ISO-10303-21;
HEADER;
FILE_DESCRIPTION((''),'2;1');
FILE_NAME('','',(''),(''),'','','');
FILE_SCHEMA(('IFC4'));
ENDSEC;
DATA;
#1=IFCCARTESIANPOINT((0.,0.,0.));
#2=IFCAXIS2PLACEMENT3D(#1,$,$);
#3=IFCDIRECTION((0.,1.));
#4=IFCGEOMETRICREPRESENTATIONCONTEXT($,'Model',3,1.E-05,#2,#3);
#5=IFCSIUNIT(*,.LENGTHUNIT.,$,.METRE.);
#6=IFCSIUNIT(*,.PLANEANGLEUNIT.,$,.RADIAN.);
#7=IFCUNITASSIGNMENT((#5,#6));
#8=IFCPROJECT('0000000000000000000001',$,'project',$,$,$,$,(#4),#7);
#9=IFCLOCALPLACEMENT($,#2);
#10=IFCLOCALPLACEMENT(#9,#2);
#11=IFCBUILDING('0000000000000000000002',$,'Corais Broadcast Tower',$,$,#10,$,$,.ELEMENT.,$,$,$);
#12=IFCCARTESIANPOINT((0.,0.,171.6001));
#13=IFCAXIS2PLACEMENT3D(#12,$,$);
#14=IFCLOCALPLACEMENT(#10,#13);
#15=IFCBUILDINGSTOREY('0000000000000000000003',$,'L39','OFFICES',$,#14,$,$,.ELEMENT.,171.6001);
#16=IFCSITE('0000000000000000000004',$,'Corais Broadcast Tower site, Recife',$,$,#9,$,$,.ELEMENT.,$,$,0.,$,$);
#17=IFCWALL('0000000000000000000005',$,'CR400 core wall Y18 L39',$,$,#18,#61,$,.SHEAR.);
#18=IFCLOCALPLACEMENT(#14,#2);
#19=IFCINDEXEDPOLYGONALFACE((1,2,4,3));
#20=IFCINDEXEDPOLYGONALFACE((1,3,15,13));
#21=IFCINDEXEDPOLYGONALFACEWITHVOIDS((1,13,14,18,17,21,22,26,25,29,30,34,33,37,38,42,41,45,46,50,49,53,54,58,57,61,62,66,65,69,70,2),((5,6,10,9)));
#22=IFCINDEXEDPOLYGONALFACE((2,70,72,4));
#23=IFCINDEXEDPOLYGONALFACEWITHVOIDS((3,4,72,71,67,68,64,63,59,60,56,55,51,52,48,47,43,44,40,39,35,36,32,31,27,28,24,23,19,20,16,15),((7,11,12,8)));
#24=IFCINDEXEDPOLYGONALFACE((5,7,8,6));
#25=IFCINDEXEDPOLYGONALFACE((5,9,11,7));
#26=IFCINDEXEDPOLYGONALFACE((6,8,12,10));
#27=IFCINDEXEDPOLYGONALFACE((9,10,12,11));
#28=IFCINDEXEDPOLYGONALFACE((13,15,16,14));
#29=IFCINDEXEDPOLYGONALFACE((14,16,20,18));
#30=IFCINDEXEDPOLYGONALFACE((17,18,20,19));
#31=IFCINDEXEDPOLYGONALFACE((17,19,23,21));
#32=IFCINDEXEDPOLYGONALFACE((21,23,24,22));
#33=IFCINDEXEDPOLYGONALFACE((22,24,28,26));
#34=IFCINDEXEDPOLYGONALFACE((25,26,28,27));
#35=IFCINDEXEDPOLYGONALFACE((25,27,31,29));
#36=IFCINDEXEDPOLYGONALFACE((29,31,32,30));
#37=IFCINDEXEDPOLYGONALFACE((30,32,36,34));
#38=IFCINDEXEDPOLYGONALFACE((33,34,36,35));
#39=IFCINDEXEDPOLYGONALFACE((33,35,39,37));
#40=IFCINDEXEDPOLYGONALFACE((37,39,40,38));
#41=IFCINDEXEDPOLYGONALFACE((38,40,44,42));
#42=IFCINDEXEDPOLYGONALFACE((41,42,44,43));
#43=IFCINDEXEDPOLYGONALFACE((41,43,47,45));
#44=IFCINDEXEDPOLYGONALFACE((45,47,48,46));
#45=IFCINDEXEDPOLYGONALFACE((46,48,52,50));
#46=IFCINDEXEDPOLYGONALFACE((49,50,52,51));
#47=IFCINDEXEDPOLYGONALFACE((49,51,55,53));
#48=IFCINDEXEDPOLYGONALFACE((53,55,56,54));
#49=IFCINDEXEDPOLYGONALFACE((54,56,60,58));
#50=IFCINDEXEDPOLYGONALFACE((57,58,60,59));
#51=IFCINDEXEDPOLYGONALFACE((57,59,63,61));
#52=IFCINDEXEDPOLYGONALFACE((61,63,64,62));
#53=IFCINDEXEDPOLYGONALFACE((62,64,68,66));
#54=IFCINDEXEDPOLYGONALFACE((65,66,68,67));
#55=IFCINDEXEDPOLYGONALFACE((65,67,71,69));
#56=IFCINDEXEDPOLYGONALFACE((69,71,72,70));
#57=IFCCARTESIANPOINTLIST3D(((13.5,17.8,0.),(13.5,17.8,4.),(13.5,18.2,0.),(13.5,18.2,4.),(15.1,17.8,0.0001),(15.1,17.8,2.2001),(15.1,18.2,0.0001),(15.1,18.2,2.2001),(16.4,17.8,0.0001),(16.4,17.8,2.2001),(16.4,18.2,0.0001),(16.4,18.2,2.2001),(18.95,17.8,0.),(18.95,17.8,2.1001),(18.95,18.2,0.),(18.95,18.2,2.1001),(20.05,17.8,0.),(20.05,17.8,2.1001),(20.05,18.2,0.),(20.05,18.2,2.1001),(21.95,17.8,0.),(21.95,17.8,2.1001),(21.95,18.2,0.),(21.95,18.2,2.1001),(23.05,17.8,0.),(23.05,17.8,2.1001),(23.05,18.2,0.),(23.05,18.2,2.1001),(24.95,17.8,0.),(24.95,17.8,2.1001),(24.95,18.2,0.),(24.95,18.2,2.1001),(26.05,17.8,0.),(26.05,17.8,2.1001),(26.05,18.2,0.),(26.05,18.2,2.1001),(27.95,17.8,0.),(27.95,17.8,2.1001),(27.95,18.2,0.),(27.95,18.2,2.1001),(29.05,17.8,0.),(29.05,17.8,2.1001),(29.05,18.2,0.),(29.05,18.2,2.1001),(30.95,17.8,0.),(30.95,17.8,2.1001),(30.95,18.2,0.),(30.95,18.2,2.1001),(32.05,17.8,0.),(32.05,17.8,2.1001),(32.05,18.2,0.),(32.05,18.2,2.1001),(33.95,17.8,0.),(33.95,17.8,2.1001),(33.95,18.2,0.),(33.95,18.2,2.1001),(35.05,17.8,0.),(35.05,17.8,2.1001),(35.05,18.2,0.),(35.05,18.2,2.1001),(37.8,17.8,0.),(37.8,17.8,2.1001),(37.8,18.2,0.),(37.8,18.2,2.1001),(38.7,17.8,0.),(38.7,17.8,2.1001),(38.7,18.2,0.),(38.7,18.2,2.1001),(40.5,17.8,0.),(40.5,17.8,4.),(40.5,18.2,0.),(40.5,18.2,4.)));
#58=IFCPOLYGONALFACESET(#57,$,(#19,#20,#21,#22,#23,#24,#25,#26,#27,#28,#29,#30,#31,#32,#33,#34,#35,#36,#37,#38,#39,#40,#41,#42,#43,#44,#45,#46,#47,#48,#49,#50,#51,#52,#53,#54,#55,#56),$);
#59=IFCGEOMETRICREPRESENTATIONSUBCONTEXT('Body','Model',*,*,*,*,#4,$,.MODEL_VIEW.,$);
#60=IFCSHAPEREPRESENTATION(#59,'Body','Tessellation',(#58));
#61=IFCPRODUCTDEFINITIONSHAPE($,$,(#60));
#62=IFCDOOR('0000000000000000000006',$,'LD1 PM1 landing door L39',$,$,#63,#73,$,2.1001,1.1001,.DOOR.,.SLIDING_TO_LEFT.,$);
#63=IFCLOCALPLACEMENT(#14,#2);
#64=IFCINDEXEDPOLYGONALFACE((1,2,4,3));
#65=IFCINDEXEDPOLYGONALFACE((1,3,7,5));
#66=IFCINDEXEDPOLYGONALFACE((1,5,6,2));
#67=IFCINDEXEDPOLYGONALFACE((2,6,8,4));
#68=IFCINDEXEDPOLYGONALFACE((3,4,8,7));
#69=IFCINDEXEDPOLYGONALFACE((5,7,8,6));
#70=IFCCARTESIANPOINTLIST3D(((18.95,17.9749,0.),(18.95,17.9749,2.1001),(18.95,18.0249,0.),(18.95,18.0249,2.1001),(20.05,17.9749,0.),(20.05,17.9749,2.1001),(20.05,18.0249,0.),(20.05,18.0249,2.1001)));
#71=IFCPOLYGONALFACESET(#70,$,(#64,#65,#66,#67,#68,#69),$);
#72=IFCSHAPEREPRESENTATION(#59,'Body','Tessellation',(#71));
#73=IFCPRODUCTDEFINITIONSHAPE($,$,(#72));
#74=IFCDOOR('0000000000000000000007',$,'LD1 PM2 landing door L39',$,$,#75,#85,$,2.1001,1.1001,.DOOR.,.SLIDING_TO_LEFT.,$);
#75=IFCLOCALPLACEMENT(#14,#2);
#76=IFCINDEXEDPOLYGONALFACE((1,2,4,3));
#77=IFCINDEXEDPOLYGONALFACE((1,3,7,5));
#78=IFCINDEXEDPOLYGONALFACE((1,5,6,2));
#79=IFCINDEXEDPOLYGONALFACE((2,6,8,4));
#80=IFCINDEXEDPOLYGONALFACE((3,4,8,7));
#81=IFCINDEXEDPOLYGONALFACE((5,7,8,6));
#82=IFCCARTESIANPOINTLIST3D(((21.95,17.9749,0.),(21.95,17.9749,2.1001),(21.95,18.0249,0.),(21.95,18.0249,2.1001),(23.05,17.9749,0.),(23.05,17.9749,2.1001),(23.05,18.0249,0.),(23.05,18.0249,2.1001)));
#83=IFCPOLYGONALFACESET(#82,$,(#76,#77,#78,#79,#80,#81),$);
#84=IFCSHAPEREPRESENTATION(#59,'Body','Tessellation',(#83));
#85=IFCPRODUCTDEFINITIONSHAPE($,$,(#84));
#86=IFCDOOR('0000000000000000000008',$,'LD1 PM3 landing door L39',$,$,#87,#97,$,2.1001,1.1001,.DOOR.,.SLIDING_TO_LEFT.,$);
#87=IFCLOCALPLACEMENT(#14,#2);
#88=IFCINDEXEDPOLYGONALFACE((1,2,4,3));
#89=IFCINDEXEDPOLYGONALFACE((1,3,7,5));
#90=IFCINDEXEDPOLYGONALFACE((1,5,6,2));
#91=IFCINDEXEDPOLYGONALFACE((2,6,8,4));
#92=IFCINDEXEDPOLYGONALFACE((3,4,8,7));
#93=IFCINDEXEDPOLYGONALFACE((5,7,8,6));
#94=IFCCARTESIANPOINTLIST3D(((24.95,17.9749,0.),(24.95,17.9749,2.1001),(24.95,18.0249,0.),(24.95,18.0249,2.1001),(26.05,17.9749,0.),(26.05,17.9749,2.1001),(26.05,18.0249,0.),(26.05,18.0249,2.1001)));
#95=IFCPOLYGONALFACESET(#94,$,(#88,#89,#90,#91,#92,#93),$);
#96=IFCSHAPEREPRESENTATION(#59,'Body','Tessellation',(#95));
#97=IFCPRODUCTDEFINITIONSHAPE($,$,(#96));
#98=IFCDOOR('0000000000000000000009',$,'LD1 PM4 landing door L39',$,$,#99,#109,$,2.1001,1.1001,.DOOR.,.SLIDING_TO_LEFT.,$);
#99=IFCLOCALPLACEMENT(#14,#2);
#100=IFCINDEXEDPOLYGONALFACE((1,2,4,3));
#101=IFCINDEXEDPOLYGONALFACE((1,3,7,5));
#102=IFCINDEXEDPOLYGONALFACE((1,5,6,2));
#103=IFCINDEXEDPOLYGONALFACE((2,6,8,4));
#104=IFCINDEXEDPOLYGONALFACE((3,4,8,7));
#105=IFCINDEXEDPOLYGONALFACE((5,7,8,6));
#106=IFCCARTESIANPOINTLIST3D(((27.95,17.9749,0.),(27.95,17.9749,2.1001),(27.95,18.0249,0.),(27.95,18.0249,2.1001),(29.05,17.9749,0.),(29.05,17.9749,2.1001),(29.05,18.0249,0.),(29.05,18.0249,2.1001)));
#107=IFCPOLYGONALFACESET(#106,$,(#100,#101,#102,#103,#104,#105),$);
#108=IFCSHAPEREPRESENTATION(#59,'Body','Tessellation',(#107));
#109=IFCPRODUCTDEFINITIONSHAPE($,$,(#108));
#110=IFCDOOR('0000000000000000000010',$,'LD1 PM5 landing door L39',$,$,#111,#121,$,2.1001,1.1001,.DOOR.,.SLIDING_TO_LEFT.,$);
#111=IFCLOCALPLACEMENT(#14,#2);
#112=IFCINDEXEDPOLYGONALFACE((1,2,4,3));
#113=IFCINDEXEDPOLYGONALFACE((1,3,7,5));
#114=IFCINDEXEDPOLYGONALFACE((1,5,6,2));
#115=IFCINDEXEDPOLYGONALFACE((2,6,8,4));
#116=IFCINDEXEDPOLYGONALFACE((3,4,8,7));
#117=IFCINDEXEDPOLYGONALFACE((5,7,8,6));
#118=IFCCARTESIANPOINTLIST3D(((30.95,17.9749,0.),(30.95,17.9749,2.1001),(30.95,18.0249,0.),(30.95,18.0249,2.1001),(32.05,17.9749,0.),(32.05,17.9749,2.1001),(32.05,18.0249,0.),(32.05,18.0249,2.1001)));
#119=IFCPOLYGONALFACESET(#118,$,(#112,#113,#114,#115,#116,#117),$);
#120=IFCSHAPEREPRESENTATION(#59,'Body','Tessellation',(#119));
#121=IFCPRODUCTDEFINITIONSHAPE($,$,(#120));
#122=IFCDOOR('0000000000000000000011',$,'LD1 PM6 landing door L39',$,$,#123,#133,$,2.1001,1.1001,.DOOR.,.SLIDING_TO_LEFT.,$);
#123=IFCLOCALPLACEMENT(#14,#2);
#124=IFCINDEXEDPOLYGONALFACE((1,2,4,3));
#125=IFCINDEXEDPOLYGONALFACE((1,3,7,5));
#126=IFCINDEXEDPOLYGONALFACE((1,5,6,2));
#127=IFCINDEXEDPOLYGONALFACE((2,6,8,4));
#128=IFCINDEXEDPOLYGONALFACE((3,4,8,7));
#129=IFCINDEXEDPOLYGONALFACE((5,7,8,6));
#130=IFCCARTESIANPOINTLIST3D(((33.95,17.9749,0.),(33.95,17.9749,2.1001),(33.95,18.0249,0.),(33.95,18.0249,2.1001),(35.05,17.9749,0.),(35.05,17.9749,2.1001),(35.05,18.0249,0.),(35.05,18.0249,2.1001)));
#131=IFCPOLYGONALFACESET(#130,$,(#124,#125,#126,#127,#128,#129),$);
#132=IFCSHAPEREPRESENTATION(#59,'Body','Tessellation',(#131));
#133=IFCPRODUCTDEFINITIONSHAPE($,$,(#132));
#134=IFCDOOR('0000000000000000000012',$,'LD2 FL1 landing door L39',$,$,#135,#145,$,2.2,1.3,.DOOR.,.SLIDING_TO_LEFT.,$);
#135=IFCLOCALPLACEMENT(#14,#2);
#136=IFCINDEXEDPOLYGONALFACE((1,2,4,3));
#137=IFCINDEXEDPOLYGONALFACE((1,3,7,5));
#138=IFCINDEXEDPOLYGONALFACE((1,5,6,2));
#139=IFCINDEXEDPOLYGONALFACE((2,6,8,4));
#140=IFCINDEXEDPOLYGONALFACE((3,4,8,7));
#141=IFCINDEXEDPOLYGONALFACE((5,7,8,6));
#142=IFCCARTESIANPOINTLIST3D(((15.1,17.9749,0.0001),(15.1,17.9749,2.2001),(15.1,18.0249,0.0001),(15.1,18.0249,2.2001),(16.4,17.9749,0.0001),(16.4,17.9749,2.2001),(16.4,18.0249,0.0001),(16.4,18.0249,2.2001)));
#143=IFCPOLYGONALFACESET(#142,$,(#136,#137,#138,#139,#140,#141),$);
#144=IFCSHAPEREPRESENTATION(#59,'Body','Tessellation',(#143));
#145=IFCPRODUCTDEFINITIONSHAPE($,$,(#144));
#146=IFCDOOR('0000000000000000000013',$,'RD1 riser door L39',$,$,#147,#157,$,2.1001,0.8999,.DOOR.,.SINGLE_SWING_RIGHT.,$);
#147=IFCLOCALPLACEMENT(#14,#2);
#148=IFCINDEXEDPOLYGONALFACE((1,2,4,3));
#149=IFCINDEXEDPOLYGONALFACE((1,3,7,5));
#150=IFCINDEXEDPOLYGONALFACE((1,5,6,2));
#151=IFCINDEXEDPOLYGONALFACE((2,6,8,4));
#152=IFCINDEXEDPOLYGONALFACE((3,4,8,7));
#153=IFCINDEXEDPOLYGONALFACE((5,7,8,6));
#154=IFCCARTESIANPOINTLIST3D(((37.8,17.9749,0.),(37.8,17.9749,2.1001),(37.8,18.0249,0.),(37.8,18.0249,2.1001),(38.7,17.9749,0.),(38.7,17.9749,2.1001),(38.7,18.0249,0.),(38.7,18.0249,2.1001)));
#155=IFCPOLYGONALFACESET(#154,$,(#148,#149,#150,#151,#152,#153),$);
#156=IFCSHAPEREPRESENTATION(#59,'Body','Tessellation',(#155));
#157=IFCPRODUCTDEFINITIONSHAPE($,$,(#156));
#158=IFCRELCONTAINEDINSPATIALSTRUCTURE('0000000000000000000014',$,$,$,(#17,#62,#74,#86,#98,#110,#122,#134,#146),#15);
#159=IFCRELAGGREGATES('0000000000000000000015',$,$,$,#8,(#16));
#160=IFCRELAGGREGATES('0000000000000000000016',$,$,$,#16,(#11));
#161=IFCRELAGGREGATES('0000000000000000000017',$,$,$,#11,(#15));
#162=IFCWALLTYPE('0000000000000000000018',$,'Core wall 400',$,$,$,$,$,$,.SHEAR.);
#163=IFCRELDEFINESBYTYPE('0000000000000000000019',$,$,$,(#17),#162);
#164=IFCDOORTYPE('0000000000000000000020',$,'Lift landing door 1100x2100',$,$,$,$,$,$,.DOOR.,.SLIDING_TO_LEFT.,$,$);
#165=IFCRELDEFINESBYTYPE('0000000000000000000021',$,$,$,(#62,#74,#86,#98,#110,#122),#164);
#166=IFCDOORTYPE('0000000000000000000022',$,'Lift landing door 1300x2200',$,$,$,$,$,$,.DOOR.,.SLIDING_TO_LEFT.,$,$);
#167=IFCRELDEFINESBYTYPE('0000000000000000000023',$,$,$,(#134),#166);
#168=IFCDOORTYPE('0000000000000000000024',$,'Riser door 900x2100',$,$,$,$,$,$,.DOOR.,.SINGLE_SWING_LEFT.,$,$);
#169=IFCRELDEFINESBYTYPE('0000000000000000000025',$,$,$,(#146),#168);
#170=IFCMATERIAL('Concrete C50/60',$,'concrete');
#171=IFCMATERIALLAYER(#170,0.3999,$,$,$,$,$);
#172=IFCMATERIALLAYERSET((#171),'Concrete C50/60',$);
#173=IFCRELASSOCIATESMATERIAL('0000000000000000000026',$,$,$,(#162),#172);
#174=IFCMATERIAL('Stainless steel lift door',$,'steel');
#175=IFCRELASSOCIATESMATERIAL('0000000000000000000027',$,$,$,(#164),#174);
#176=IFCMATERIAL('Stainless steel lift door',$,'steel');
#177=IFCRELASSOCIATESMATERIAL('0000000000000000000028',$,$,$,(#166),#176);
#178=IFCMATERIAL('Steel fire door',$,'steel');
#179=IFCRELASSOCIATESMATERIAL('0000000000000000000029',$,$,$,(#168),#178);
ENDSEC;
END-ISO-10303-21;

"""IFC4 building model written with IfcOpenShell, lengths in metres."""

from ifc_helpers import new_model, si_unit, direction, frame, frame_2d, origin, place, context, subcontext, project, spatial, rectangle, extrude, material, layer, layer_set, type_object, element, fill, save


model = new_model("IFC4")

# Units and contexts
model_context = context("Model", 3, precision=1e-05, world=origin(), true_north=direction((0.0, 1.0)))
body_context = subcontext(model_context, "Body", "Model", "MODEL_VIEW")
ifc_project = project(units=[si_unit("LENGTHUNIT", "METRE"), si_unit("PLANEANGLEUNIT", "RADIAN")], contexts=[model_context])

# Site, building, storey
site_placement = place(None, origin())
site = spatial("IfcSite", under=ifc_project, at=site_placement, Name="Corais Broadcast Tower site, Recife", CompositionType="ELEMENT", RefElevation=0.0)
building_placement = place(site_placement, origin())
building = spatial("IfcBuilding", under=site, at=building_placement, Name="Corais Broadcast Tower", CompositionType="ELEMENT")
storey_placement = place(building_placement, frame((0.0, 0.0, 171.6001)))
storey = spatial("IfcBuildingStorey", under=building, at=storey_placement, Name="L39", Description="OFFICES", CompositionType="ELEMENT", Elevation=171.6001)

# Shared definitions
ifc_material_1 = material(Name="Concrete C50/60", Category="concrete")
ifc_layer_1 = layer(ifc_material_1, 0.3999)
ifc_layer_set_1 = layer_set([ifc_layer_1], Name="Concrete C50/60")
wall_type_1 = type_object("IfcWallType", Name="Core wall 400", PredefinedType="SHEAR", material=ifc_layer_set_1)

# Wall, openings, doors
wall_1_placement = place(storey_placement, frame((13.5, 18.0, 0.0), z_axis=(0.0, 0.0, 1.0), x_axis=(1.0, 0.0, 0.0)))
wall_1 = element("IfcWall", 1, at=wall_1_placement, inside=storey, type_object=wall_type_1, Name="CR400 core wall Y18 L39", PredefinedType="SHEAR", context=body_context, shape_type="SweptSolid", body=[
    extrude(rectangle(XDim=27.0, YDim=0.3999, at=frame_2d((13.5, 0.0))), origin(), (0.0, 0.0, 1.0), 4.0),
])
opening_1_placement = place(wall_1_placement, frame((24.3, 0.0, 0.0)))
opening_1 = element("IfcOpeningElement", 2, at=opening_1_placement, cuts=wall_1, PredefinedType="OPENING", context=body_context, shape_type="SweptSolid", body=[
    extrude(rectangle(XDim=0.8999, YDim=2.1001, at=frame_2d((0.45, 1.05))), frame((0.0, 0.21, 0.0), z_axis=(0.0, -1.0, 0.0), x_axis=(1.0, 0.0, 0.0)), (0.0, 0.0, 1.0), 0.4199),
])
opening_2_placement = place(wall_1_placement, frame((5.45, 0.0, 0.0)))
opening_2 = element("IfcOpeningElement", 3, at=opening_2_placement, cuts=wall_1, PredefinedType="OPENING", context=body_context, shape_type="SweptSolid", body=[
    extrude(rectangle(XDim=1.1001, YDim=2.1001, at=frame_2d((0.55, 1.05))), frame((0.0, 0.21, 0.0), z_axis=(0.0, -1.0, 0.0), x_axis=(1.0, 0.0, 0.0)), (0.0, 0.0, 1.0), 0.4199),
])
opening_3_placement = place(wall_1_placement, frame((8.45, 0.0, 0.0)))
opening_3 = element("IfcOpeningElement", 4, at=opening_3_placement, cuts=wall_1, PredefinedType="OPENING", context=body_context, shape_type="SweptSolid", body=[
    extrude(rectangle(XDim=1.1001, YDim=2.1001, at=frame_2d((0.55, 1.05))), frame((0.0, 0.21, 0.0), z_axis=(0.0, -1.0, 0.0), x_axis=(1.0, 0.0, 0.0)), (0.0, 0.0, 1.0), 0.4199),
])
opening_4_placement = place(wall_1_placement, frame((11.45, 0.0, 0.0)))
opening_4 = element("IfcOpeningElement", 5, at=opening_4_placement, cuts=wall_1, PredefinedType="OPENING", context=body_context, shape_type="SweptSolid", body=[
    extrude(rectangle(XDim=1.1001, YDim=2.1001, at=frame_2d((0.55, 1.05))), frame((0.0, 0.21, 0.0), z_axis=(0.0, -1.0, 0.0), x_axis=(1.0, 0.0, 0.0)), (0.0, 0.0, 1.0), 0.4199),
])
opening_5_placement = place(wall_1_placement, frame((14.45, 0.0, 0.0)))
opening_5 = element("IfcOpeningElement", 6, at=opening_5_placement, cuts=wall_1, PredefinedType="OPENING", context=body_context, shape_type="SweptSolid", body=[
    extrude(rectangle(XDim=1.1001, YDim=2.1001, at=frame_2d((0.55, 1.05))), frame((0.0, 0.21, 0.0), z_axis=(0.0, -1.0, 0.0), x_axis=(1.0, 0.0, 0.0)), (0.0, 0.0, 1.0), 0.4199),
])
opening_6_placement = place(wall_1_placement, frame((17.45, 0.0, 0.0)))
opening_6 = element("IfcOpeningElement", 7, at=opening_6_placement, cuts=wall_1, PredefinedType="OPENING", context=body_context, shape_type="SweptSolid", body=[
    extrude(rectangle(XDim=1.1001, YDim=2.1001, at=frame_2d((0.55, 1.05))), frame((0.0, 0.21, 0.0), z_axis=(0.0, -1.0, 0.0), x_axis=(1.0, 0.0, 0.0)), (0.0, 0.0, 1.0), 0.4199),
])
opening_7_placement = place(wall_1_placement, frame((20.45, 0.0, 0.0)))
opening_7 = element("IfcOpeningElement", 8, at=opening_7_placement, cuts=wall_1, PredefinedType="OPENING", context=body_context, shape_type="SweptSolid", body=[
    extrude(rectangle(XDim=1.1001, YDim=2.1001, at=frame_2d((0.55, 1.05))), frame((0.0, 0.21, 0.0), z_axis=(0.0, -1.0, 0.0), x_axis=(1.0, 0.0, 0.0)), (0.0, 0.0, 1.0), 0.4199),
])
opening_8_placement = place(wall_1_placement, frame((1.6001, 0.0, 0.0)))
opening_8 = element("IfcOpeningElement", 9, at=opening_8_placement, cuts=wall_1, PredefinedType="OPENING", context=body_context, shape_type="SweptSolid", body=[
    extrude(rectangle(XDim=1.3, YDim=2.2, at=frame_2d((0.6499, 1.1001))), frame((0.0, 0.21, 0.0), z_axis=(0.0, -1.0, 0.0), x_axis=(1.0, 0.0, 0.0)), (0.0, 0.0, 1.0), 0.4199),
])
ifc_material_2 = material(Name="Stainless steel lift door", Category="steel")
door_type_1 = type_object("IfcDoorType", Name="Lift landing door 1100x2100", OperationType="SLIDING_TO_LEFT", PredefinedType="DOOR", material=ifc_material_2)
door_1_placement = place(opening_2_placement, origin())
door_1 = element("IfcDoor", 10, at=door_1_placement, inside=storey, type_object=door_type_1, Name="LD1 PM1 landing door L39", OperationType="SLIDING_TO_LEFT", OverallHeight=2.1001, OverallWidth=1.1001, PredefinedType="DOOR", context=body_context, shape_type="SweptSolid", body=[
    extrude(rectangle(XDim=1.1001, YDim=2.1001, at=frame_2d((0.55, 1.05))), frame((0.0, 0.0249, 0.0), z_axis=(0.0, -1.0, 0.0), x_axis=(1.0, 0.0, 0.0)), (0.0, 0.0, 1.0), 0.05),
])
fill(opening_2, door_1)
door_2_placement = place(opening_3_placement, origin())
door_2 = element("IfcDoor", 11, at=door_2_placement, inside=storey, type_object=door_type_1, Name="LD1 PM2 landing door L39", OperationType="SLIDING_TO_LEFT", OverallHeight=2.1001, OverallWidth=1.1001, PredefinedType="DOOR", context=body_context, shape_type="SweptSolid", body=[
    extrude(rectangle(XDim=1.1001, YDim=2.1001, at=frame_2d((0.55, 1.05))), frame((0.0, 0.0249, 0.0), z_axis=(0.0, -1.0, 0.0), x_axis=(1.0, 0.0, 0.0)), (0.0, 0.0, 1.0), 0.05),
])
fill(opening_3, door_2)
door_3_placement = place(opening_4_placement, origin())
door_3 = element("IfcDoor", 12, at=door_3_placement, inside=storey, type_object=door_type_1, Name="LD1 PM3 landing door L39", OperationType="SLIDING_TO_LEFT", OverallHeight=2.1001, OverallWidth=1.1001, PredefinedType="DOOR", context=body_context, shape_type="SweptSolid", body=[
    extrude(rectangle(XDim=1.1001, YDim=2.1001, at=frame_2d((0.55, 1.05))), frame((0.0, 0.0249, 0.0), z_axis=(0.0, -1.0, 0.0), x_axis=(1.0, 0.0, 0.0)), (0.0, 0.0, 1.0), 0.05),
])
fill(opening_4, door_3)
door_4_placement = place(opening_5_placement, origin())
door_4 = element("IfcDoor", 13, at=door_4_placement, inside=storey, type_object=door_type_1, Name="LD1 PM4 landing door L39", OperationType="SLIDING_TO_LEFT", OverallHeight=2.1001, OverallWidth=1.1001, PredefinedType="DOOR", context=body_context, shape_type="SweptSolid", body=[
    extrude(rectangle(XDim=1.1001, YDim=2.1001, at=frame_2d((0.55, 1.05))), frame((0.0, 0.0249, 0.0), z_axis=(0.0, -1.0, 0.0), x_axis=(1.0, 0.0, 0.0)), (0.0, 0.0, 1.0), 0.05),
])
fill(opening_5, door_4)
door_5_placement = place(opening_6_placement, origin())
door_5 = element("IfcDoor", 14, at=door_5_placement, inside=storey, type_object=door_type_1, Name="LD1 PM5 landing door L39", OperationType="SLIDING_TO_LEFT", OverallHeight=2.1001, OverallWidth=1.1001, PredefinedType="DOOR", context=body_context, shape_type="SweptSolid", body=[
    extrude(rectangle(XDim=1.1001, YDim=2.1001, at=frame_2d((0.55, 1.05))), frame((0.0, 0.0249, 0.0), z_axis=(0.0, -1.0, 0.0), x_axis=(1.0, 0.0, 0.0)), (0.0, 0.0, 1.0), 0.05),
])
fill(opening_6, door_5)
door_6_placement = place(opening_7_placement, origin())
door_6 = element("IfcDoor", 15, at=door_6_placement, inside=storey, type_object=door_type_1, Name="LD1 PM6 landing door L39", OperationType="SLIDING_TO_LEFT", OverallHeight=2.1001, OverallWidth=1.1001, PredefinedType="DOOR", context=body_context, shape_type="SweptSolid", body=[
    extrude(rectangle(XDim=1.1001, YDim=2.1001, at=frame_2d((0.55, 1.05))), frame((0.0, 0.0249, 0.0), z_axis=(0.0, -1.0, 0.0), x_axis=(1.0, 0.0, 0.0)), (0.0, 0.0, 1.0), 0.05),
])
fill(opening_7, door_6)
ifc_material_3 = material(Name="Stainless steel lift door", Category="steel")
door_type_2 = type_object("IfcDoorType", Name="Lift landing door 1300x2200", OperationType="SLIDING_TO_LEFT", PredefinedType="DOOR", material=ifc_material_3)
door_7_placement = place(opening_8_placement, origin())
door_7 = element("IfcDoor", 16, at=door_7_placement, inside=storey, type_object=door_type_2, Name="LD2 FL1 landing door L39", OperationType="SLIDING_TO_LEFT", OverallHeight=2.2, OverallWidth=1.3, PredefinedType="DOOR", context=body_context, shape_type="SweptSolid", body=[
    extrude(rectangle(XDim=1.3, YDim=2.2, at=frame_2d((0.6499, 1.1001))), frame((0.0, 0.0249, 0.0), z_axis=(0.0, -1.0, 0.0), x_axis=(1.0, 0.0, 0.0)), (0.0, 0.0, 1.0), 0.05),
])
fill(opening_8, door_7)
ifc_material_4 = material(Name="Steel fire door", Category="steel")
door_type_3 = type_object("IfcDoorType", Name="Riser door 900x2100", OperationType="SINGLE_SWING_LEFT", PredefinedType="DOOR", material=ifc_material_4)
door_8_placement = place(opening_1_placement, origin())
door_8 = element("IfcDoor", 17, at=door_8_placement, inside=storey, type_object=door_type_3, Name="RD1 riser door L39", OperationType="SINGLE_SWING_RIGHT", OverallHeight=2.1001, OverallWidth=0.8999, PredefinedType="DOOR", context=body_context, shape_type="SweptSolid", body=[
    extrude(rectangle(XDim=0.8999, YDim=2.1001, at=frame_2d((0.45, 1.05))), frame((0.0, 0.0249, 0.0), z_axis=(0.0, -1.0, 0.0), x_axis=(1.0, 0.0, 0.0)), (0.0, 0.0, 1.0), 0.05),
])
fill(opening_1, door_8)

save(model, "model.ifc")
